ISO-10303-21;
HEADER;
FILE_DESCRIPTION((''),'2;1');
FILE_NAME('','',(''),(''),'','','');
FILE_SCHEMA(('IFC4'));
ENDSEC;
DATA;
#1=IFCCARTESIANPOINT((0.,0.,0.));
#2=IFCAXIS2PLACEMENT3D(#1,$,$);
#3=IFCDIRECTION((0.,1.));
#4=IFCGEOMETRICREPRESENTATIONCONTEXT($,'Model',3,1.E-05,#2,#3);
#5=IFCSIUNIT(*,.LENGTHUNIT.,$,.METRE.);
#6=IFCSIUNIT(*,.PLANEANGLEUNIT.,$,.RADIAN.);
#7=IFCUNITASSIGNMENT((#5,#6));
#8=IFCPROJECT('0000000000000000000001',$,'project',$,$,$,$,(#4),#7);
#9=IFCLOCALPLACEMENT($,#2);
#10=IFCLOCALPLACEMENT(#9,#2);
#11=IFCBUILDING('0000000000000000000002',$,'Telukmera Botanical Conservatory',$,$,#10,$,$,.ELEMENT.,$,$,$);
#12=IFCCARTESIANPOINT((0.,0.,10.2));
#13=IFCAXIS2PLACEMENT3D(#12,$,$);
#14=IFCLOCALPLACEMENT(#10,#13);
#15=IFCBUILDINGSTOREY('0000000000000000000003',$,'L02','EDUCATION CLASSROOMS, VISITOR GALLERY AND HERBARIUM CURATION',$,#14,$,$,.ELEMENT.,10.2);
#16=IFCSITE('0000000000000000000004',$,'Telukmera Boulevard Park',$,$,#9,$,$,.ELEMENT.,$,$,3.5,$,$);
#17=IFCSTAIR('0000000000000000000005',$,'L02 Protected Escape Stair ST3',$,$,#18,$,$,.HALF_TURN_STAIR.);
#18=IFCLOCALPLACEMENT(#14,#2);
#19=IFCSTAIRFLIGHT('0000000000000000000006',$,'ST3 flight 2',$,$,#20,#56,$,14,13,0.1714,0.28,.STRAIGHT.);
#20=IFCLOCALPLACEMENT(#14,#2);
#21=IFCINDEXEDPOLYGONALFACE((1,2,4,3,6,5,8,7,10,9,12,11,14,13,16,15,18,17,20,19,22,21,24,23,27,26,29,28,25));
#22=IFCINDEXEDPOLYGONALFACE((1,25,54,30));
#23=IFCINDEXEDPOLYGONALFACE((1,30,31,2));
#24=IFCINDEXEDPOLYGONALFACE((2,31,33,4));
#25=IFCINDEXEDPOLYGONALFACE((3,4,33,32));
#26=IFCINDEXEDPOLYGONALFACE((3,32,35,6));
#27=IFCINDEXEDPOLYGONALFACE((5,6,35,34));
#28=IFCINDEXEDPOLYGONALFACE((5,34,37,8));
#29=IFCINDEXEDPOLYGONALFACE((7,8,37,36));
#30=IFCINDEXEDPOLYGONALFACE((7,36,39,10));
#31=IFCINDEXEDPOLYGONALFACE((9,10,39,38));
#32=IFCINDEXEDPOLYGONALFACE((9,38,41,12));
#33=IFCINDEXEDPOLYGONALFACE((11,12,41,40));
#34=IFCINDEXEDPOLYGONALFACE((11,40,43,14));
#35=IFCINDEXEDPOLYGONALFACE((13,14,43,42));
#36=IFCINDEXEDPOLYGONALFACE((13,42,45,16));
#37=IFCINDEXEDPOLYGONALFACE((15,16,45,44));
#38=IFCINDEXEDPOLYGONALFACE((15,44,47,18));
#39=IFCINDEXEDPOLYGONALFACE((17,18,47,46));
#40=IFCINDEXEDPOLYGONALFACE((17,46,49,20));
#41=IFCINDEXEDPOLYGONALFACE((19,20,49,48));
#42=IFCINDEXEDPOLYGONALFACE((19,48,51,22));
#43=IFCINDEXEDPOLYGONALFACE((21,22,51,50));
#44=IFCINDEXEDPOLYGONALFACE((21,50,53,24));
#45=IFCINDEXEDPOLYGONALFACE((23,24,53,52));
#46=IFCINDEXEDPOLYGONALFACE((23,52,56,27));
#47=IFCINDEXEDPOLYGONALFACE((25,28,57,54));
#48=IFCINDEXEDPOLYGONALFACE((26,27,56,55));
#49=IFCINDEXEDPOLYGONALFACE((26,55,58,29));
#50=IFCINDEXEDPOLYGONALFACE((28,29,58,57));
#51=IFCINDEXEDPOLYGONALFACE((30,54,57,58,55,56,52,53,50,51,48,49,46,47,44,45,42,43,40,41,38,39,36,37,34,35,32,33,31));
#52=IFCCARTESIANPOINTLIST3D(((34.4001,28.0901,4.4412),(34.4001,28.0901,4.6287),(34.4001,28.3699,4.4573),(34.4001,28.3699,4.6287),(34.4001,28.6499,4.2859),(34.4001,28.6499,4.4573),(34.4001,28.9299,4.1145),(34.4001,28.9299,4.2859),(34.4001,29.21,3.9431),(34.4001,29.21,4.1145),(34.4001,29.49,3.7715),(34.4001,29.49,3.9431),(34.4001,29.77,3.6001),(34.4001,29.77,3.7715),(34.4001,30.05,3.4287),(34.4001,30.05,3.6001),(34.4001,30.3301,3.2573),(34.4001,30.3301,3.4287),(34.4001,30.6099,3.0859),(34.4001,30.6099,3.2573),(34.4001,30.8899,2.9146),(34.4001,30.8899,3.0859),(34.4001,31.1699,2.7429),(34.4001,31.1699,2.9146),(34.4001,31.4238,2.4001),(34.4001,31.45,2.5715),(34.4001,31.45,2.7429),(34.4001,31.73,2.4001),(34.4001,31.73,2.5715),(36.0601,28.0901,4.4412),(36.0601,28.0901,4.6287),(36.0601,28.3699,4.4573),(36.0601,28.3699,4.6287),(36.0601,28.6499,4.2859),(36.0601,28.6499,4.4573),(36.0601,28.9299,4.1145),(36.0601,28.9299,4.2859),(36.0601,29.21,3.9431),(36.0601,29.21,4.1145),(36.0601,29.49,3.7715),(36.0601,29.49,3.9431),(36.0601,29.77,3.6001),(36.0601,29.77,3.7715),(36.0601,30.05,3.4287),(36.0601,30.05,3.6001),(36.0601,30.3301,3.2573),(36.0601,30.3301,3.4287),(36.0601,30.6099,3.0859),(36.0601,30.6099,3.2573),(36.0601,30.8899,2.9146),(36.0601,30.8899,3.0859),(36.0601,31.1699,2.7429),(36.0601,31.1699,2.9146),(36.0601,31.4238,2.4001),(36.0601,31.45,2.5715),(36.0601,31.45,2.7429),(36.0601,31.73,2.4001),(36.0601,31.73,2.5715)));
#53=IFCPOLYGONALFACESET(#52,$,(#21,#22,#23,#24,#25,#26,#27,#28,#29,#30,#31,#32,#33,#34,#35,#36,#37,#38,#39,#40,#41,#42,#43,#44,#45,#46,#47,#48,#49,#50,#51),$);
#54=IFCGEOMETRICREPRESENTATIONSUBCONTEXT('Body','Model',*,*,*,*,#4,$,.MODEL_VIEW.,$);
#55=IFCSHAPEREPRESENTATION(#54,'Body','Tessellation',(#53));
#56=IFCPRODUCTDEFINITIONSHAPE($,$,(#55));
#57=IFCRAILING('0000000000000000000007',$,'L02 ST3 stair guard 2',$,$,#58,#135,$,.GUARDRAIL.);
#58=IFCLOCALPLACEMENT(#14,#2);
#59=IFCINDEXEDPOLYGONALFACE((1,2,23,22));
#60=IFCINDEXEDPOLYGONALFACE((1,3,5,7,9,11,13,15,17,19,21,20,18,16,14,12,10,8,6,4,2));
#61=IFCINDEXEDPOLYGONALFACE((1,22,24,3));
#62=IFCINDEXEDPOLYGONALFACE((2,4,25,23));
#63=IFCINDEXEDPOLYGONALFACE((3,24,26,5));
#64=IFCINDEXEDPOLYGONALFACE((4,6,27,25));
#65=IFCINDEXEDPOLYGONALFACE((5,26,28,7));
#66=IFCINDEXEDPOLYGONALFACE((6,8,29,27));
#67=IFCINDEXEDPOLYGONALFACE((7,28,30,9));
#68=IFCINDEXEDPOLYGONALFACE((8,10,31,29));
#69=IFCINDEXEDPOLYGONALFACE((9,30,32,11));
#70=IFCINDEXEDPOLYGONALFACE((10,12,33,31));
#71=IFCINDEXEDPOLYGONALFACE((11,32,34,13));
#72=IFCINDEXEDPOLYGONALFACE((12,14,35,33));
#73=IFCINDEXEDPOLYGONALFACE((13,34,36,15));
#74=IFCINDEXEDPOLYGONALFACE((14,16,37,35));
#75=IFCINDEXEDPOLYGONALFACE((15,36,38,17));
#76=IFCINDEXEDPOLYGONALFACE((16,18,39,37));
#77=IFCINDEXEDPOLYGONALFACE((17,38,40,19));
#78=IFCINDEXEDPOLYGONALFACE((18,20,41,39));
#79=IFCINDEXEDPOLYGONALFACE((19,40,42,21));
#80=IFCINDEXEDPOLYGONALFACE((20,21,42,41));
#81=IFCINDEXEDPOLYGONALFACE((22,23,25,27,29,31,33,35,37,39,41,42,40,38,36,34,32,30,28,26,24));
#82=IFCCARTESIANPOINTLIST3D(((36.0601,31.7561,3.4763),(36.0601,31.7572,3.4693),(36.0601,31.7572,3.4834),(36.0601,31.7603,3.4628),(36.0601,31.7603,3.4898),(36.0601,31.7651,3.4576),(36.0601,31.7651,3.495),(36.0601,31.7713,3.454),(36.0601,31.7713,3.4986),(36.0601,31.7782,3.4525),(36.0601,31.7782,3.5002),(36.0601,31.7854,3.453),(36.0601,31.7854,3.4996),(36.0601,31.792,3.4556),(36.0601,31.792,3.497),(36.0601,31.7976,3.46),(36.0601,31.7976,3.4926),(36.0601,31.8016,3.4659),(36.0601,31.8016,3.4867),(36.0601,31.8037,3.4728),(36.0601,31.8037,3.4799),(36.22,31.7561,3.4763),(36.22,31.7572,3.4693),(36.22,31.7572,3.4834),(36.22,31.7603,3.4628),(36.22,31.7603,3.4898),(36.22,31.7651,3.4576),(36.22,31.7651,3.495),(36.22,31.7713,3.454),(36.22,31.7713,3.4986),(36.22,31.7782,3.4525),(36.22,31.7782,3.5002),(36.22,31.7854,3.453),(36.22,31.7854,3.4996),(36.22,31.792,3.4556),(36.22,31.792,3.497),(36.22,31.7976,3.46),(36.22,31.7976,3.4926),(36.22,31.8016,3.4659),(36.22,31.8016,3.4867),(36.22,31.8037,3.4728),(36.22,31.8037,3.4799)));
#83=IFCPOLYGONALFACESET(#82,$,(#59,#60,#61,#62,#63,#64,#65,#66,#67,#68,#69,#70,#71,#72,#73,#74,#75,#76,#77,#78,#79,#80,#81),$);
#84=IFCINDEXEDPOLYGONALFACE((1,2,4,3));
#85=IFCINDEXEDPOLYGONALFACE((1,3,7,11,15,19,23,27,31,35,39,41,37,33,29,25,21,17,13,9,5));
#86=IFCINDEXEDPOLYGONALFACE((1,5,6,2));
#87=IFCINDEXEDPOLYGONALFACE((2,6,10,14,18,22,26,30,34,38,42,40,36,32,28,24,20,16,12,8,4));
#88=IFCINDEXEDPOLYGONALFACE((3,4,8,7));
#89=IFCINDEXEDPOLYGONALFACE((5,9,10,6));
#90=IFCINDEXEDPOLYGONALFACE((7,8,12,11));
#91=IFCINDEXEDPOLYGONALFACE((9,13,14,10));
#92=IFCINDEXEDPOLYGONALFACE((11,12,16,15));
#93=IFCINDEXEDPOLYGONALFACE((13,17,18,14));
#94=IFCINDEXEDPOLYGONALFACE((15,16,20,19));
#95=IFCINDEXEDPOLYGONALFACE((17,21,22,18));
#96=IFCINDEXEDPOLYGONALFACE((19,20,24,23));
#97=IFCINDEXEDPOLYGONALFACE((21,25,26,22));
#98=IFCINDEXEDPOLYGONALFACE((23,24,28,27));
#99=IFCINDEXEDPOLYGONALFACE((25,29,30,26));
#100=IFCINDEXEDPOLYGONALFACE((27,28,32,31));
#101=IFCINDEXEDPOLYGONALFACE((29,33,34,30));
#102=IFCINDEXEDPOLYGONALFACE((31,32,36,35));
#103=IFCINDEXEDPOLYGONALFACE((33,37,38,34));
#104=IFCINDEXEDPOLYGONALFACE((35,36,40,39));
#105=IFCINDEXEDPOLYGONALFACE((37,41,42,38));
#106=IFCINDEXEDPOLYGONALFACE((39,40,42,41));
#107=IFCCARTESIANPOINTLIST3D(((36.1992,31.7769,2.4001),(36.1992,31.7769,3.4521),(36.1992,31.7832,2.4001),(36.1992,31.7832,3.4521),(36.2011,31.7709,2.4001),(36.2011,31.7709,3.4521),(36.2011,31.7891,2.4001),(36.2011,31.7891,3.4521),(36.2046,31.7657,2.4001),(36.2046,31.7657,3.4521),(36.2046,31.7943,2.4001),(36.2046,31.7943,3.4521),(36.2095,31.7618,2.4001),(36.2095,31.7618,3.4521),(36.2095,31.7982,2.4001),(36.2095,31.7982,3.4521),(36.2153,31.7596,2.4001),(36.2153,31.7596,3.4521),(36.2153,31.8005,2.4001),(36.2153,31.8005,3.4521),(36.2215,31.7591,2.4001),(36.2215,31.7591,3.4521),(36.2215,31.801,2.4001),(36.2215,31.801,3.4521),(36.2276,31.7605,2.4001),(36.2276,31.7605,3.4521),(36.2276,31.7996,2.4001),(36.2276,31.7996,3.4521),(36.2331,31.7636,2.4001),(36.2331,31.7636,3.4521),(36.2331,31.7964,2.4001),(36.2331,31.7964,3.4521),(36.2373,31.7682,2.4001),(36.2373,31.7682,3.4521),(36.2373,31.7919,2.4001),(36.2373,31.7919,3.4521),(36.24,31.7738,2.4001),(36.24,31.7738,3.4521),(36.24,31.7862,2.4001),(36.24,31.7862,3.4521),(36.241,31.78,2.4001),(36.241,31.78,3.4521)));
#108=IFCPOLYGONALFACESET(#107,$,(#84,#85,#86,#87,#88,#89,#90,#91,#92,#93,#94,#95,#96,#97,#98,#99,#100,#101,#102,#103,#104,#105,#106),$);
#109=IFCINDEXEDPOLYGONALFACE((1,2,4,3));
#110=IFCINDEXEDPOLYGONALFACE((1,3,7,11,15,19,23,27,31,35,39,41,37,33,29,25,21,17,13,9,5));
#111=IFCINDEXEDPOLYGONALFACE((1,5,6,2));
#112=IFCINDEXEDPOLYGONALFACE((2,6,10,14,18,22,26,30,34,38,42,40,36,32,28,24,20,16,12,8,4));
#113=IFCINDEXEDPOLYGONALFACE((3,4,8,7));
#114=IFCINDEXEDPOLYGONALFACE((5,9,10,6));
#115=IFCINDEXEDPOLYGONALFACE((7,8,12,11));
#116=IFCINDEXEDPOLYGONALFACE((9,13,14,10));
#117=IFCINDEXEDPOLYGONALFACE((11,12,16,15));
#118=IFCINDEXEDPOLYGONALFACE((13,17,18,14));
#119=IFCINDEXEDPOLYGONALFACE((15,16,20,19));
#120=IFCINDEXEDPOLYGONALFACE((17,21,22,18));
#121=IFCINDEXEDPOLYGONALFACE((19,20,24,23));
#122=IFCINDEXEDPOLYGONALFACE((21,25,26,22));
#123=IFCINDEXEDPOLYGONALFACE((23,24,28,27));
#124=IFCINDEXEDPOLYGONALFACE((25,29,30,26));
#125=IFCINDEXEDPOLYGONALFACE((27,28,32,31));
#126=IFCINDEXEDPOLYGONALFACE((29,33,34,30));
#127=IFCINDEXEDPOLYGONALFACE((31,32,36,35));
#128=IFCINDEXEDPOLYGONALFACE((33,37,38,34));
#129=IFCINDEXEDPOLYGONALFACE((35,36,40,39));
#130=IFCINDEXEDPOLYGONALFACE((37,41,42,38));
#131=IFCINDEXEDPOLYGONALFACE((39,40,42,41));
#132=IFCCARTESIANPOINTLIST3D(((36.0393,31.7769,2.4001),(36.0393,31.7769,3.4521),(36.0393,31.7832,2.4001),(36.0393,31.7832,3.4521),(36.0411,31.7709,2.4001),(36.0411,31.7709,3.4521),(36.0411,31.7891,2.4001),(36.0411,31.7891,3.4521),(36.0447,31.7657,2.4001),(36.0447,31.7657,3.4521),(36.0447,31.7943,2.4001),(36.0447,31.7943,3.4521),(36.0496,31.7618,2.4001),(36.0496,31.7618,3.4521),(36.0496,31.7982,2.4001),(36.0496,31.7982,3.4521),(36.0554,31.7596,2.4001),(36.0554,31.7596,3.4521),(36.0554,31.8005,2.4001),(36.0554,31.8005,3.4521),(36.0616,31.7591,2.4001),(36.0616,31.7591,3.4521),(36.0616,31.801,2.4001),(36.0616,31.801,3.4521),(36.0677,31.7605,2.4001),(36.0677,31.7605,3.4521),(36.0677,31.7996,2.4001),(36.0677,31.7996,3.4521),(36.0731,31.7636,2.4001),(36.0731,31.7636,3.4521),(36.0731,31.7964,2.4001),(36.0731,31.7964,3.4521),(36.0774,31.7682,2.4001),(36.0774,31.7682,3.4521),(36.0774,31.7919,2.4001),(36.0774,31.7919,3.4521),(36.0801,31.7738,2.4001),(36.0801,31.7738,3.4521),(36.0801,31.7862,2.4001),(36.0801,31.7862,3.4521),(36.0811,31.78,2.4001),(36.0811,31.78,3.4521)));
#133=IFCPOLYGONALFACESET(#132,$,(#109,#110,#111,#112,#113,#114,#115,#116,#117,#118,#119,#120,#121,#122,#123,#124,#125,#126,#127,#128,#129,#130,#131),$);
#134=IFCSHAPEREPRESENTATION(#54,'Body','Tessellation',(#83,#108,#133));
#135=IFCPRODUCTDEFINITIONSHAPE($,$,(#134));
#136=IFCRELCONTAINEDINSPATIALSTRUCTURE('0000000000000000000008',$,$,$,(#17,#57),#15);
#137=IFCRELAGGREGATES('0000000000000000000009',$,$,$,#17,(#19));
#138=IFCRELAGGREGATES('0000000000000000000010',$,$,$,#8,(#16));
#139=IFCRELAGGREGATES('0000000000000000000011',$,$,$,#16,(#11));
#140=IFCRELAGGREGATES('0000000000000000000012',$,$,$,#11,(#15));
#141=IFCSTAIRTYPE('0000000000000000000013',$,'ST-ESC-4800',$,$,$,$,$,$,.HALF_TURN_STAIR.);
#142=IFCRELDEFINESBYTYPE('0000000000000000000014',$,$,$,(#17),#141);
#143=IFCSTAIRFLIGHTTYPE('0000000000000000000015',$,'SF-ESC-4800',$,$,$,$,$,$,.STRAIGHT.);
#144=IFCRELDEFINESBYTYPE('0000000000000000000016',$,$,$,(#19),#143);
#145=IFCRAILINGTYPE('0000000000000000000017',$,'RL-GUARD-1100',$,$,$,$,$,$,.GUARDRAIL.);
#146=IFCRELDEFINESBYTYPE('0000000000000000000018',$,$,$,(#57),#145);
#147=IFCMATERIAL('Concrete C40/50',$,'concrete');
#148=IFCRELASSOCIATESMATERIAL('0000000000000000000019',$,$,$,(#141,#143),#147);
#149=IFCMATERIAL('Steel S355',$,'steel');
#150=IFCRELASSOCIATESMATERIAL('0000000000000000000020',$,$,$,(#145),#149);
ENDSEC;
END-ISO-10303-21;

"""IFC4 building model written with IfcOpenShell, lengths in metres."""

from ifc_helpers import new_model, si_unit, direction, frame, origin, origin_2d, place, context, subcontext, project, spatial, polyline, circle, outline, extrude, material, type_object, element, aggregate, save


model = new_model("IFC4")

# Units and contexts
model_context = context("Model", 3, precision=1e-05, world=origin(), true_north=direction((0.0, 1.0)))
body_context = subcontext(model_context, "Body", "Model", "MODEL_VIEW")
ifc_project = project(units=[si_unit("LENGTHUNIT", "METRE"), si_unit("PLANEANGLEUNIT", "RADIAN")], contexts=[model_context])

# Site, building, storey
site_placement = place(None, origin())
site = spatial("IfcSite", under=ifc_project, at=site_placement, Name="Telukmera Boulevard Park", CompositionType="ELEMENT", RefElevation=3.5)
building_placement = place(site_placement, origin())
building = spatial("IfcBuilding", under=site, at=building_placement, Name="Telukmera Botanical Conservatory", CompositionType="ELEMENT")
storey_placement = place(building_placement, frame((0.0, 0.0, 10.2)))
storey = spatial("IfcBuildingStorey", under=building, at=storey_placement, Name="L02", Description="EDUCATION CLASSROOMS, VISITOR GALLERY AND HERBARIUM CURATION", CompositionType="ELEMENT", Elevation=10.2)

# Shared definitions
ifc_material_1 = material(Name="Concrete C40/50", Category="concrete")

# Stair, stair flight
stair_type = type_object("IfcStairType", Name="ST-ESC-4800", PredefinedType="HALF_TURN_STAIR", material=ifc_material_1)
stair_placement = place(storey_placement, origin())
stair = element("IfcStair", 1, at=stair_placement, inside=storey, type_object=stair_type, Name="L02 Protected Escape Stair ST3", PredefinedType="HALF_TURN_STAIR")
stair_flight_type = type_object("IfcStairFlightType", Name="SF-ESC-4800", PredefinedType="STRAIGHT", material=ifc_material_1)
stair_flight_placement = place(storey_placement, frame((35.23, 31.73, 2.4001), z_axis=(0.0, 0.0, 1.0), x_axis=(0.0, -1.0, 0.0)))
stair_flight = element("IfcStairFlight", 2, at=stair_flight_placement, type_object=stair_flight_type, Name="ST3 flight 2", NumberOfRisers=14, NumberOfTreads=13, PredefinedType="STRAIGHT", RiserHeight=0.1714, TreadLength=0.28, context=body_context, shape_type="SweptSolid", body=[
    extrude(outline(polyline([(0.0, 0.0), (0.0, 0.1714), (0.28, 0.1714), (0.28, 0.3428), (0.5601, 0.3428), (0.5601, 0.5144), (0.8401, 0.5144), (0.8401, 0.6858), (1.1201, 0.6858), (1.1201, 0.8572), (1.3999, 0.8572), (1.3999, 1.0286), (1.6799, 1.0286), (1.6799, 1.2), (1.96, 1.2), (1.96, 1.3713), (2.24, 1.3713), (2.24, 1.543), (2.52, 1.543), (2.52, 1.7144), (2.8, 1.7144), (2.8, 1.8857), (3.0801, 1.8857), (3.0801, 2.0571), (3.3601, 2.0571), (3.3601, 2.2285), (3.6399, 2.2285), (3.6399, 2.3999), (3.6399, 2.041), (0.3062, 0.0), (0.0, 0.0)])), frame((0.0, 0.8301, 0.0), z_axis=(0.0, -1.0, 0.0), x_axis=(1.0, 0.0, 0.0)), (0.0, 0.0, 1.0), 1.6599),
])
aggregate(stair, [stair_flight])

# Railing
ifc_material_2 = material(Name="Steel S355", Category="steel")
railing_type_1 = type_object("IfcRailingType", Name="RL-GUARD-1100", PredefinedType="GUARDRAIL", material=ifc_material_2)
railing_1_placement = place(storey_placement, frame((36.22, 31.78, 2.4001)))
element("IfcRailing", 3, at=railing_1_placement, inside=storey, type_object=railing_type_1, Name="L02 ST3 stair guard 2", PredefinedType="GUARDRAIL", context=body_context, shape_type="SweptSolid", body=[
    extrude(circle(Radius=0.0239, at=origin_2d()), frame((0.0, 0.0, 1.0762), z_axis=(-1.0, 0.0, 0.0), x_axis=(0.0, -1.0, 0.0)), (0.0, 0.0, 1.0), 0.1599),
    extrude(circle(Radius=0.021, at=origin_2d()), origin(), (0.0, 0.0, 1.0), 1.052),
    extrude(circle(Radius=0.021, at=origin_2d()), frame((-0.1599, 0.0, 0.0)), (0.0, 0.0, 1.0), 1.052),
])

save(model, "model.ifc")
